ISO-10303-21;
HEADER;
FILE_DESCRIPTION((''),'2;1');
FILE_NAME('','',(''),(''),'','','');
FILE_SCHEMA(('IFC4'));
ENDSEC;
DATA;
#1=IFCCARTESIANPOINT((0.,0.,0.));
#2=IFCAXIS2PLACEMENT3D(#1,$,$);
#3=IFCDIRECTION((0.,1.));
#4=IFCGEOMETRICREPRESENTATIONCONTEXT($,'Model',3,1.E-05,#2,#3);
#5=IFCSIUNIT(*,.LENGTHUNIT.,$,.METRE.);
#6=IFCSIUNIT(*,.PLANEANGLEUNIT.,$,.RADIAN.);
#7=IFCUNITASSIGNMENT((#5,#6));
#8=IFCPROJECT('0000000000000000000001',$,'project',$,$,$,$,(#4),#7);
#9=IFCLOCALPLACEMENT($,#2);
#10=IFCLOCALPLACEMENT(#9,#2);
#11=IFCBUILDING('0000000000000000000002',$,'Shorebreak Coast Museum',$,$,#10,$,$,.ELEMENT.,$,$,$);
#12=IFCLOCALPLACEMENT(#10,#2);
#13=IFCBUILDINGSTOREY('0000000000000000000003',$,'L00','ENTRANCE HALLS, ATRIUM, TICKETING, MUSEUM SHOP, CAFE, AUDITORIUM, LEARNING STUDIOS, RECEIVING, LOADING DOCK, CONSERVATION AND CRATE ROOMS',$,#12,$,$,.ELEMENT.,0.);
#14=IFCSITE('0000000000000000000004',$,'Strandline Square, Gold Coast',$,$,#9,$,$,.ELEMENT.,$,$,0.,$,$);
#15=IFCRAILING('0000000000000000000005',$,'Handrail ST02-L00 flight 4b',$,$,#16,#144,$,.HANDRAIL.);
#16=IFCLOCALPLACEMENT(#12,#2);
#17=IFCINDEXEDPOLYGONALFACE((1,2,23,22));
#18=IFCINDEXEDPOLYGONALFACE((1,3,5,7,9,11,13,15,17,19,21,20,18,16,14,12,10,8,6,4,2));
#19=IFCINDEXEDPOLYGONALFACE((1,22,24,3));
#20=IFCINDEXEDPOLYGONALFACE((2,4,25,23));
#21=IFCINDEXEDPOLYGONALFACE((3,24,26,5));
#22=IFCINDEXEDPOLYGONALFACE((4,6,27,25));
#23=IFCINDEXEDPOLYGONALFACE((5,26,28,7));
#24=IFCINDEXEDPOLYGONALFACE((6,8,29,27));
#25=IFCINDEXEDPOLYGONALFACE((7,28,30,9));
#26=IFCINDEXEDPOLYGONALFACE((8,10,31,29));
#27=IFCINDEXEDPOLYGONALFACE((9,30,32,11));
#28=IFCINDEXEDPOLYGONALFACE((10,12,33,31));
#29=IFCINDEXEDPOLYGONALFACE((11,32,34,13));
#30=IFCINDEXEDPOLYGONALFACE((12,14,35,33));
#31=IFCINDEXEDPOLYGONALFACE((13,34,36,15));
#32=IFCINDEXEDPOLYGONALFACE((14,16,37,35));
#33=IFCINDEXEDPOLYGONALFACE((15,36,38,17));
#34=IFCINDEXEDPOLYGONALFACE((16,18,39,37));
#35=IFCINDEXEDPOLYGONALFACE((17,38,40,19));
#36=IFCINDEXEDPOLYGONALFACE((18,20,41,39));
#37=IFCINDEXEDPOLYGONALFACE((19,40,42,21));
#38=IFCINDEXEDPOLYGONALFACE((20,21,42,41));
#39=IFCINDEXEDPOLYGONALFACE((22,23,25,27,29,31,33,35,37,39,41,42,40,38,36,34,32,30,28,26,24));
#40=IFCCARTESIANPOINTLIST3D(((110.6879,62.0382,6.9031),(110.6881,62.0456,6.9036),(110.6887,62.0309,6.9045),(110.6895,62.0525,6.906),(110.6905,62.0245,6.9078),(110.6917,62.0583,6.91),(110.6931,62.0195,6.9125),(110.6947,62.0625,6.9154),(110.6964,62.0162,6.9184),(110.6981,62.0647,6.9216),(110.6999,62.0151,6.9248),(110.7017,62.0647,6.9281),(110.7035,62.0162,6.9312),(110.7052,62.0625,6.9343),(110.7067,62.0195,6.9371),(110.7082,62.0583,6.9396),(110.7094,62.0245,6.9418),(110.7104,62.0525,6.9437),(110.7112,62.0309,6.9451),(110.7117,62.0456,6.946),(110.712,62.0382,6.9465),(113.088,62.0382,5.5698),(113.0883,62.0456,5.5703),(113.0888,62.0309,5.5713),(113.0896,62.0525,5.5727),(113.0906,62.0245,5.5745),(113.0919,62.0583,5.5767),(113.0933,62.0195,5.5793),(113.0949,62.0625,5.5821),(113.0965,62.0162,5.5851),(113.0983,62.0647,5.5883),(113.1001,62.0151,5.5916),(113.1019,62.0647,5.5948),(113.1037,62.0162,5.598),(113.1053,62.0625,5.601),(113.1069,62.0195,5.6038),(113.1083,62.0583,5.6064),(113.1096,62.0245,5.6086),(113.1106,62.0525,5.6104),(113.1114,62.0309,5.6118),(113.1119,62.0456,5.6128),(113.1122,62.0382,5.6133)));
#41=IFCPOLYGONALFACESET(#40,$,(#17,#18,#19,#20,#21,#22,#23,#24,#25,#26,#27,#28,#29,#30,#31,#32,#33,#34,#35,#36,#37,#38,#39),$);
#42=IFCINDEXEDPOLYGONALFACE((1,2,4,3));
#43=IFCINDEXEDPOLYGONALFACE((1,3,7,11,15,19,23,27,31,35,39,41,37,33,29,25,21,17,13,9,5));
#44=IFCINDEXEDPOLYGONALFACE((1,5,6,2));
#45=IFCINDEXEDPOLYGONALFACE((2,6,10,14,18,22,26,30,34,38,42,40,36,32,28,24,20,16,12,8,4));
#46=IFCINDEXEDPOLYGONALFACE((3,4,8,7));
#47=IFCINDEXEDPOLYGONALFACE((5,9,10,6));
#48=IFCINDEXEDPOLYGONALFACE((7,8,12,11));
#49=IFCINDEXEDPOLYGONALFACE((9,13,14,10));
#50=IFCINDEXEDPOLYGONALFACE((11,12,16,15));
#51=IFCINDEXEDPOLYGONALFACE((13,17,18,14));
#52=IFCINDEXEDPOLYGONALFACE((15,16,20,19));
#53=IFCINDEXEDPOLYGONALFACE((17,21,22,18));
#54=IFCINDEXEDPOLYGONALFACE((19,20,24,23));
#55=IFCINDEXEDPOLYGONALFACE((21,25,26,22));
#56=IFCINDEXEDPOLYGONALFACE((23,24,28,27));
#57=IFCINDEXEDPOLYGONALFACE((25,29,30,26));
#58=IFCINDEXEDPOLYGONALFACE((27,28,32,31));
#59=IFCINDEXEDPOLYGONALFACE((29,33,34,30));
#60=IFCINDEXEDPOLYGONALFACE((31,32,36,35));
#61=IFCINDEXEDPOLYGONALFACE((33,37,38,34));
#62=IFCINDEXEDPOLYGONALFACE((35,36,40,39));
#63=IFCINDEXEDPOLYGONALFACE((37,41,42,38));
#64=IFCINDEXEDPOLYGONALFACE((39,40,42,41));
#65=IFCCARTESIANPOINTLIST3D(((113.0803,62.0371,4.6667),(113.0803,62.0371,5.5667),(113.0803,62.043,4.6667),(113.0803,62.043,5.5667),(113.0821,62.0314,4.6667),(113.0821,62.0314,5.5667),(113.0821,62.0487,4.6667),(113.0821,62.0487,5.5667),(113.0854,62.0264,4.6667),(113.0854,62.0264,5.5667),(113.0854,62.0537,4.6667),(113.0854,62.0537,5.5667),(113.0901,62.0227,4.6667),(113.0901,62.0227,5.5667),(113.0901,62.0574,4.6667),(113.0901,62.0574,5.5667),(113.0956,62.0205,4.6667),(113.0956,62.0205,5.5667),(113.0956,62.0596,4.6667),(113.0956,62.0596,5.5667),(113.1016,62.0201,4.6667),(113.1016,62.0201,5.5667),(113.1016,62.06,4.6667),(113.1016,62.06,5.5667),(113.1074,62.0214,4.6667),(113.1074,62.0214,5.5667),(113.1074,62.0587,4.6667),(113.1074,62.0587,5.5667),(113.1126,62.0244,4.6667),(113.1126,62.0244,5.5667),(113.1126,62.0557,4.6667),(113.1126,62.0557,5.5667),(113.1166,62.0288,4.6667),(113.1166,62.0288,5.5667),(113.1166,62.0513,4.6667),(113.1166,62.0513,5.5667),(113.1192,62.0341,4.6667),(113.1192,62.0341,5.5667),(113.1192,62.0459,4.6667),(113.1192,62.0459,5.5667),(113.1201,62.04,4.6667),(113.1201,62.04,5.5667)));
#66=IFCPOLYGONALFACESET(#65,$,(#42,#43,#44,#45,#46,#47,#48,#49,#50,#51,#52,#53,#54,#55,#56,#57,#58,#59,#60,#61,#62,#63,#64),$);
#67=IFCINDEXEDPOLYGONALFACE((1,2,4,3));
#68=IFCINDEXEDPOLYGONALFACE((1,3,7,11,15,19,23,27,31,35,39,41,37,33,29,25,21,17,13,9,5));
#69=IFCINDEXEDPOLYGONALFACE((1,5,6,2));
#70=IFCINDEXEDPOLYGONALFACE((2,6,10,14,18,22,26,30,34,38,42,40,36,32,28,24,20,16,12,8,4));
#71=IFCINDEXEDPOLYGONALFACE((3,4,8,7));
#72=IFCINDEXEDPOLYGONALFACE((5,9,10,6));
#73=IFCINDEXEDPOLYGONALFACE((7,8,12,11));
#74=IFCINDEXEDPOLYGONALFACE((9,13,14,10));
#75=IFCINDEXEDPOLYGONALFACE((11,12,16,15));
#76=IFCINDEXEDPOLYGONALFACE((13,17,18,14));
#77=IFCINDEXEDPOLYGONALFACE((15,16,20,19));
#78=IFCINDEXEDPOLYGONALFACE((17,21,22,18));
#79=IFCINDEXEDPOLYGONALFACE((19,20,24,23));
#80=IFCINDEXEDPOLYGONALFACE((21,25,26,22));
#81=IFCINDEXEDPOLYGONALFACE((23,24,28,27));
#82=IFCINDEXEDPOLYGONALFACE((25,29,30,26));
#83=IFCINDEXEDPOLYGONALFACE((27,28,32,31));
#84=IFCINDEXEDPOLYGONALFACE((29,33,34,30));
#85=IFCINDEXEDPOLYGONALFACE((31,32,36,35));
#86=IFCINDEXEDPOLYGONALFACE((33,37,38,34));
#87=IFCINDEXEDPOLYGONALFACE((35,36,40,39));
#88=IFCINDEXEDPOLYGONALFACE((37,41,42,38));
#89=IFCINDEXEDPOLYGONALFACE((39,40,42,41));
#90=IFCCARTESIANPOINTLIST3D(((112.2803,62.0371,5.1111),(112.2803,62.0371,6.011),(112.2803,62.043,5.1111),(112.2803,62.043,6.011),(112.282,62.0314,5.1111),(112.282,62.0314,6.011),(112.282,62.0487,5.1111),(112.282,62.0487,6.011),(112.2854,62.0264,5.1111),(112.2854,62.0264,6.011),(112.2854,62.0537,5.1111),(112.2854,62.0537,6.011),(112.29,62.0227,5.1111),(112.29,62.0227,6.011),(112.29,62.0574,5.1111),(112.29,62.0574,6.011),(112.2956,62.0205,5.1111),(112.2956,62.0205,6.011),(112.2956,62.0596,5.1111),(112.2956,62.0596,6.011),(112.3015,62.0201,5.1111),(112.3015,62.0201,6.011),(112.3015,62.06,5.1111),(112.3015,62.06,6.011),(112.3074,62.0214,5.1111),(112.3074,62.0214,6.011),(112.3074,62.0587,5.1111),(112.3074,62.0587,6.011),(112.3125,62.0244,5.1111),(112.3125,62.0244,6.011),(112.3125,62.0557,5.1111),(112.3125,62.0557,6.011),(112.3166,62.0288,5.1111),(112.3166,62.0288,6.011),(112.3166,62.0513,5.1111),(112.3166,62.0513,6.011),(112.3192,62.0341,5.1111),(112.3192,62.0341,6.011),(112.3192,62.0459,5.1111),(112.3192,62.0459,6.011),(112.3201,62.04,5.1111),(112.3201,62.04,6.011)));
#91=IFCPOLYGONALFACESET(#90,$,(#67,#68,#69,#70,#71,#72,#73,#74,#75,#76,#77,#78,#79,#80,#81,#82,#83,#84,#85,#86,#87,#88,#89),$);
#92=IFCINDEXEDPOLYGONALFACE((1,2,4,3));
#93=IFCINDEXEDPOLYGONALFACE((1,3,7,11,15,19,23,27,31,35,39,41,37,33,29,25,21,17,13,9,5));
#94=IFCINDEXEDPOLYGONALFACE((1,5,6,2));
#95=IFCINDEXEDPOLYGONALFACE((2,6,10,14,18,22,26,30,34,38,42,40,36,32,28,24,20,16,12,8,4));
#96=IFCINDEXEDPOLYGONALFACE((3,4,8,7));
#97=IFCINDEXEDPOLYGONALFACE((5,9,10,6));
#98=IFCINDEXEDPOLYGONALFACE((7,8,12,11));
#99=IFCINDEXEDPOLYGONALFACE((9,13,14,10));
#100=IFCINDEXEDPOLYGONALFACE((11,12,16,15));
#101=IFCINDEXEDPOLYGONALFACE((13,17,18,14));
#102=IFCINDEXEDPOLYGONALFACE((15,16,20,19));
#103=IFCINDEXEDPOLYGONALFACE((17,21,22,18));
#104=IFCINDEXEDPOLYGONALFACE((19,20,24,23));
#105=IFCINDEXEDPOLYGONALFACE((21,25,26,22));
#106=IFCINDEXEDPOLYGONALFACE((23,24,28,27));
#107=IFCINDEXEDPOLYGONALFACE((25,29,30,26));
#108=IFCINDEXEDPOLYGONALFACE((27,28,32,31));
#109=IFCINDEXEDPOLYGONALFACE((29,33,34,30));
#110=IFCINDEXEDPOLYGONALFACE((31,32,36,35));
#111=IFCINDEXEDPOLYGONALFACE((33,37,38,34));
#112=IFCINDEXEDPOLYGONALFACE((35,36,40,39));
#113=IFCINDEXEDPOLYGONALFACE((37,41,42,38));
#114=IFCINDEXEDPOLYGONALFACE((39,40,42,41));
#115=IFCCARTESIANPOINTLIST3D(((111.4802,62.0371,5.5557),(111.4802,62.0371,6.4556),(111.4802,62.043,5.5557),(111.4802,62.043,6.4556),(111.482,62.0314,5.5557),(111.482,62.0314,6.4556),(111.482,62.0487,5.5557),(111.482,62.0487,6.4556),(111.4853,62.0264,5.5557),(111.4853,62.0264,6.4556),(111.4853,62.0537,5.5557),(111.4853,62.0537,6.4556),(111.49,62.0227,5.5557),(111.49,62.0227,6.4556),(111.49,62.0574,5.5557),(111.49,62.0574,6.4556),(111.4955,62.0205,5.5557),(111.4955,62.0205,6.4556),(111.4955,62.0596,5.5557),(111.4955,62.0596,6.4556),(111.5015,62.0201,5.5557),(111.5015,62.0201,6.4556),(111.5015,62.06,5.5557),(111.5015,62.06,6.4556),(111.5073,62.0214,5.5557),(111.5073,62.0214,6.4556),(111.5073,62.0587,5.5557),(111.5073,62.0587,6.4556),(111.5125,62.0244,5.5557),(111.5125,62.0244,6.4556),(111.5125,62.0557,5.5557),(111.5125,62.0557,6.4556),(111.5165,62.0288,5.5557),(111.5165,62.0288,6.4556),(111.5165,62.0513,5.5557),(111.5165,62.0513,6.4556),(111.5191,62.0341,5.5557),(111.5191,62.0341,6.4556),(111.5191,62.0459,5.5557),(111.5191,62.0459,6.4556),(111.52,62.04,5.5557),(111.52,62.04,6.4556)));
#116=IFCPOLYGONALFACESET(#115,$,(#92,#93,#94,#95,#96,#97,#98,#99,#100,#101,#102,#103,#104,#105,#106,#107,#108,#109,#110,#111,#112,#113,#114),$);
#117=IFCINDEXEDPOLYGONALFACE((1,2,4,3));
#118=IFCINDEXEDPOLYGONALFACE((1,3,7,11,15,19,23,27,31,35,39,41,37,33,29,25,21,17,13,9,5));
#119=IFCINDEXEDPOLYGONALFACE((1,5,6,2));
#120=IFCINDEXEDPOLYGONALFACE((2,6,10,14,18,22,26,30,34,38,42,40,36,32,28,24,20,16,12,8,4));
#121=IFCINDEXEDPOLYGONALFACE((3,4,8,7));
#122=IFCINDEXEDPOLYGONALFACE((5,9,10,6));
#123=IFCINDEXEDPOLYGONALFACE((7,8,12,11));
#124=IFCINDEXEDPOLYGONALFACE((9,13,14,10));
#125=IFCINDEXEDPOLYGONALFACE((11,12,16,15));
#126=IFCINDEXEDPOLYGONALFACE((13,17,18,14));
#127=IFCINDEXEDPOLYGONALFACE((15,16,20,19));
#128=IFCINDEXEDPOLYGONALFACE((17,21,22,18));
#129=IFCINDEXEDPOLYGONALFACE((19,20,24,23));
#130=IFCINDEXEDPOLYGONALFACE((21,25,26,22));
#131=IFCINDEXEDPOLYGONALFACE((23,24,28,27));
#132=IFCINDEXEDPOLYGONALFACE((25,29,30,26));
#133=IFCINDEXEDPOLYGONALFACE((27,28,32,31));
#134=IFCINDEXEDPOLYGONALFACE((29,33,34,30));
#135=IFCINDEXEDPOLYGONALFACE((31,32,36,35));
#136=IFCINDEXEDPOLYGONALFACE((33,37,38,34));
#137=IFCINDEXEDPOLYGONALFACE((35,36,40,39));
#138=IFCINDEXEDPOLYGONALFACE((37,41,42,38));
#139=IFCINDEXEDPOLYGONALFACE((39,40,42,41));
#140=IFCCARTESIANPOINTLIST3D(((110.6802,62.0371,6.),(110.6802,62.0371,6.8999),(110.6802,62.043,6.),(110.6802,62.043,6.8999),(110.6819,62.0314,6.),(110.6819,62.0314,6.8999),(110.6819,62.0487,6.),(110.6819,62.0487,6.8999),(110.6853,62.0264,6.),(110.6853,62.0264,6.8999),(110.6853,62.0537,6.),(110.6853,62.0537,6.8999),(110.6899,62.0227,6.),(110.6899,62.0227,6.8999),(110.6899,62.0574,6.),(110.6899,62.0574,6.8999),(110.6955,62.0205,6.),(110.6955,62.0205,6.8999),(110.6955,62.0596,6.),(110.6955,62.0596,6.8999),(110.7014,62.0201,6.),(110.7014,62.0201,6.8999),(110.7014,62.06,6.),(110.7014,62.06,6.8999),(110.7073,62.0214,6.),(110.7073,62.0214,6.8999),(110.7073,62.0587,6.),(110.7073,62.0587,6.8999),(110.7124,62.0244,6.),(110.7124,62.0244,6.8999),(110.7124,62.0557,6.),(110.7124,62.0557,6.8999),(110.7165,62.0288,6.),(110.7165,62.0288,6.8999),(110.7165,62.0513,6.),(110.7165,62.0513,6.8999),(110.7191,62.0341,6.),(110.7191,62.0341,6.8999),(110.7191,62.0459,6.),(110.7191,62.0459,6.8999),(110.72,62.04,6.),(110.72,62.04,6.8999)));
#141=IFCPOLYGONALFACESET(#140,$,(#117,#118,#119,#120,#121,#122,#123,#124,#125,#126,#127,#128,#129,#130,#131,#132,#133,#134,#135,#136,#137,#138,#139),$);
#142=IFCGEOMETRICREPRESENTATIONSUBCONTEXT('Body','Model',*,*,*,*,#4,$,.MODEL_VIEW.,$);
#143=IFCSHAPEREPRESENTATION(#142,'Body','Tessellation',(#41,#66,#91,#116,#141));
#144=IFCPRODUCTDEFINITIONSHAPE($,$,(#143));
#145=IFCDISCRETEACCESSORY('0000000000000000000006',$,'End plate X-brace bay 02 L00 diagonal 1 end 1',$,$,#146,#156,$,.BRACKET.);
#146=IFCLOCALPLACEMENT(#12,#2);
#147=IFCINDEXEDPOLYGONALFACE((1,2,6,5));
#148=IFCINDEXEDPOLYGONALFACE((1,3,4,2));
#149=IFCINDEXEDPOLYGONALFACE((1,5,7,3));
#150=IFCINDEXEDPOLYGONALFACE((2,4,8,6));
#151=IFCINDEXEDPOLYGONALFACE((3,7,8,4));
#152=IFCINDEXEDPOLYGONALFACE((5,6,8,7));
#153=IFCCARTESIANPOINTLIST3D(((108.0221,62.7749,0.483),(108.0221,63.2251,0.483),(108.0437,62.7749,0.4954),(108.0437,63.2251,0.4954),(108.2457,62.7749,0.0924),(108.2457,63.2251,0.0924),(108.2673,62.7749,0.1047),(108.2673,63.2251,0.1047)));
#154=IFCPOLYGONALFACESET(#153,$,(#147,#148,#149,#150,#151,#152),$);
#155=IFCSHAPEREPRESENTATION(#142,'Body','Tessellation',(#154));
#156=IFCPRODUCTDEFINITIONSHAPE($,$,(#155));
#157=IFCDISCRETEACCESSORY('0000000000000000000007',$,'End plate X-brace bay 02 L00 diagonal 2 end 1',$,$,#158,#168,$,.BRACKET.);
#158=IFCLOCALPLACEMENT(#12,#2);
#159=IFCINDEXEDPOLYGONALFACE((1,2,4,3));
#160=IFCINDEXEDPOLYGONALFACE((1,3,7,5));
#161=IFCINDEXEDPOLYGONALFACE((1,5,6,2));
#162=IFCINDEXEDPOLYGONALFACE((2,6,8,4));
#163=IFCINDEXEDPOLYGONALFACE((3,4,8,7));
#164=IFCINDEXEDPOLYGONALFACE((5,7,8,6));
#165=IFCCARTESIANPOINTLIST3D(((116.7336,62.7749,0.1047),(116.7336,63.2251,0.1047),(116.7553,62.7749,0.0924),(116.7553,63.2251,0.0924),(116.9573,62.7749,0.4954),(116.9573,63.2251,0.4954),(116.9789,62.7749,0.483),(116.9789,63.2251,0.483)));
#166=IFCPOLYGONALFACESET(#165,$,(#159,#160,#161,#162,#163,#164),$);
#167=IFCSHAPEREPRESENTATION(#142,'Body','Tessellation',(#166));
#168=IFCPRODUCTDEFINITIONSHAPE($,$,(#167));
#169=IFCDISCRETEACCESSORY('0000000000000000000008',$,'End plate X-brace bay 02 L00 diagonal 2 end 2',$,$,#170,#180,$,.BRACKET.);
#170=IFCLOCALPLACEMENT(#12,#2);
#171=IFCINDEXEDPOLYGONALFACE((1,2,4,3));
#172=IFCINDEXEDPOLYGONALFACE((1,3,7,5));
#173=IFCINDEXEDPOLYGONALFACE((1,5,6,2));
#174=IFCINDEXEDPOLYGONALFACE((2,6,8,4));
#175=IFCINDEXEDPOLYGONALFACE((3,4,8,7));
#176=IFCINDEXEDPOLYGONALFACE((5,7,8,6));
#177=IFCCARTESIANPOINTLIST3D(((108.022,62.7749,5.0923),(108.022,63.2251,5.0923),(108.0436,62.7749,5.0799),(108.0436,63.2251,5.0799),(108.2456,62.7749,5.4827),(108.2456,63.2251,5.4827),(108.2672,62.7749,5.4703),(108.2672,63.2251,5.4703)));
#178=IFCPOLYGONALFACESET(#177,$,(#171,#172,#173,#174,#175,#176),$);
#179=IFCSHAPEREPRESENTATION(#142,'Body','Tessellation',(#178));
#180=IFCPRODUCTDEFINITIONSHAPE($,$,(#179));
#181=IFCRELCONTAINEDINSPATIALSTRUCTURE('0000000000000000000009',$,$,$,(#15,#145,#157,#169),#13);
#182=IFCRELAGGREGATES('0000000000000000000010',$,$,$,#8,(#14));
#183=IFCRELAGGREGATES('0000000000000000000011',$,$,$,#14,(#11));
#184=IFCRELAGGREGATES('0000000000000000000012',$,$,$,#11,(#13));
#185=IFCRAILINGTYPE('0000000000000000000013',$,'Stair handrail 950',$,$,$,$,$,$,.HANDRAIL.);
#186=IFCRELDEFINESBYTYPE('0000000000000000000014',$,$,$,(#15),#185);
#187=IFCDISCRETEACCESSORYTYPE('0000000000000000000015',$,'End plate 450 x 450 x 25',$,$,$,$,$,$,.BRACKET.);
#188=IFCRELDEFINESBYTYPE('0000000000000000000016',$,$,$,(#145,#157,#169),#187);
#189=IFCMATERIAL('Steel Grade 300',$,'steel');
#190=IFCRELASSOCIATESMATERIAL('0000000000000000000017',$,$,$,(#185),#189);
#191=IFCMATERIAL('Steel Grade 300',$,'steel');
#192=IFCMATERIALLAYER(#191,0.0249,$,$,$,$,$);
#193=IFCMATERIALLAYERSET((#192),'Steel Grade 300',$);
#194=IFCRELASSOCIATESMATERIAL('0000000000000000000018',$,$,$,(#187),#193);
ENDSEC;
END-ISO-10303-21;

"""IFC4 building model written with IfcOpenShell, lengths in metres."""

from ifc_helpers import new_model, si_unit, direction, frame, origin, origin_2d, place, context, subcontext, project, spatial, polyline, circle, outline, extrude, material, layer, layer_set, type_object, element, save


model = new_model("IFC4")

# Units and contexts
model_context = context("Model", 3, precision=1e-05, world=origin(), true_north=direction((0.0, 1.0)))
body_context = subcontext(model_context, "Body", "Model", "MODEL_VIEW")
ifc_project = project(units=[si_unit("LENGTHUNIT", "METRE"), si_unit("PLANEANGLEUNIT", "RADIAN")], contexts=[model_context])

# Site, building, storey
site_placement = place(None, origin())
site = spatial("IfcSite", under=ifc_project, at=site_placement, Name="Strandline Square, Gold Coast", CompositionType="ELEMENT", RefElevation=0.0)
building_placement = place(site_placement, origin())
building = spatial("IfcBuilding", under=site, at=building_placement, Name="Shorebreak Coast Museum", CompositionType="ELEMENT")
storey_placement = place(building_placement, origin())
storey = spatial("IfcBuildingStorey", under=building, at=storey_placement, Name="L00", Description="ENTRANCE HALLS, ATRIUM, TICKETING, MUSEUM SHOP, CAFE, AUDITORIUM, LEARNING STUDIOS, RECEIVING, LOADING DOCK, CONSERVATION AND CRATE ROOMS", CompositionType="ELEMENT", Elevation=0.0)

# Railing
ifc_material_1 = material(Name="Steel Grade 300", Category="steel")
railing_type = type_object("IfcRailingType", Name="Stair handrail 950", PredefinedType="HANDRAIL", material=ifc_material_1)
railing_placement = place(storey_placement, frame((113.1001, 62.04, 4.6667)))
element("IfcRailing", 1, at=railing_placement, inside=storey, type_object=railing_type, Name="Handrail ST02-L00 flight 4b", PredefinedType="HANDRAIL", context=body_context, shape_type="SweptSolid", body=[
    extrude(circle(Radius=0.0249, at=origin_2d()), frame((0.0, 0.0, 0.9248), z_axis=(-0.874182, 0.0, 0.485598), x_axis=(0.0, -1.0, 0.0)), (0.0, 0.0, 1.0), 2.7456),
    extrude(circle(Radius=0.02, at=origin_2d()), origin(), (0.0, 0.0, 1.0), 0.8999),
    extrude(circle(Radius=0.02, at=origin_2d()), frame((-0.8, 0.0, 0.4443)), (0.0, 0.0, 1.0), 0.8999),
    extrude(circle(Radius=0.02, at=origin_2d()), frame((-1.6001, 0.0, 0.8889)), (0.0, 0.0, 1.0), 0.8999),
    extrude(circle(Radius=0.02, at=origin_2d()), frame((-2.4001, 0.0, 1.3333)), (0.0, 0.0, 1.0), 0.8999),
])

# Discrete accessories
ifc_material_2 = material(Name="Steel Grade 300", Category="steel")
ifc_layer_1 = layer(ifc_material_2, 0.0249)
ifc_layer_set_1 = layer_set([ifc_layer_1], Name="Steel Grade 300")
discrete_accessory_type = type_object("IfcDiscreteAccessoryType", Name="End plate 450 x 450 x 25", PredefinedType="BRACKET", material=ifc_layer_set_1)
for number, where, z_axis, x_axis, name in (
    (2, (108.2673, 62.7749, 0.1047), (0.867842, 0.0, 0.49684), (0.0, 1.0, 0.0), "End plate X-brace bay 02 L00 diagonal 1 end 1"),
    (3, (116.7336, 63.2251, 0.1047), (-0.867842, 0.0, 0.49684), (0.0, -1.0, 0.0), "End plate X-brace bay 02 L00 diagonal 2 end 1"),
):
    element("IfcDiscreteAccessory", number, at=place(storey_placement, frame(where, z_axis=z_axis, x_axis=x_axis)), inside=storey, type_object=discrete_accessory_type, Name=name, PredefinedType="BRACKET", context=body_context, shape_type="SweptSolid", body=[
        extrude(outline(polyline([(0.0, 0.0), (0.4502, 0.0), (0.4502, 0.4501), (0.0, 0.4501), (0.0, 0.0)])), origin(), (0.0, 0.0, -1.0), 0.0249),
    ])
discrete_accessory_placement = place(storey_placement, frame((108.022, 63.2251, 5.0923), z_axis=(-0.867708, 0.0, 0.497074), x_axis=(0.0, -1.0, 0.0)))
element("IfcDiscreteAccessory", 4, at=discrete_accessory_placement, inside=storey, type_object=discrete_accessory_type, Name="End plate X-brace bay 02 L00 diagonal 2 end 2", PredefinedType="BRACKET", context=body_context, shape_type="SweptSolid", body=[
    extrude(outline(polyline([(0.0, 0.0), (0.4502, 0.0), (0.4502, 0.4499), (0.0, 0.4499), (0.0, 0.0)])), origin(), (0.0, 0.0, -1.0), 0.0249),
])

save(model, "model.ifc")
